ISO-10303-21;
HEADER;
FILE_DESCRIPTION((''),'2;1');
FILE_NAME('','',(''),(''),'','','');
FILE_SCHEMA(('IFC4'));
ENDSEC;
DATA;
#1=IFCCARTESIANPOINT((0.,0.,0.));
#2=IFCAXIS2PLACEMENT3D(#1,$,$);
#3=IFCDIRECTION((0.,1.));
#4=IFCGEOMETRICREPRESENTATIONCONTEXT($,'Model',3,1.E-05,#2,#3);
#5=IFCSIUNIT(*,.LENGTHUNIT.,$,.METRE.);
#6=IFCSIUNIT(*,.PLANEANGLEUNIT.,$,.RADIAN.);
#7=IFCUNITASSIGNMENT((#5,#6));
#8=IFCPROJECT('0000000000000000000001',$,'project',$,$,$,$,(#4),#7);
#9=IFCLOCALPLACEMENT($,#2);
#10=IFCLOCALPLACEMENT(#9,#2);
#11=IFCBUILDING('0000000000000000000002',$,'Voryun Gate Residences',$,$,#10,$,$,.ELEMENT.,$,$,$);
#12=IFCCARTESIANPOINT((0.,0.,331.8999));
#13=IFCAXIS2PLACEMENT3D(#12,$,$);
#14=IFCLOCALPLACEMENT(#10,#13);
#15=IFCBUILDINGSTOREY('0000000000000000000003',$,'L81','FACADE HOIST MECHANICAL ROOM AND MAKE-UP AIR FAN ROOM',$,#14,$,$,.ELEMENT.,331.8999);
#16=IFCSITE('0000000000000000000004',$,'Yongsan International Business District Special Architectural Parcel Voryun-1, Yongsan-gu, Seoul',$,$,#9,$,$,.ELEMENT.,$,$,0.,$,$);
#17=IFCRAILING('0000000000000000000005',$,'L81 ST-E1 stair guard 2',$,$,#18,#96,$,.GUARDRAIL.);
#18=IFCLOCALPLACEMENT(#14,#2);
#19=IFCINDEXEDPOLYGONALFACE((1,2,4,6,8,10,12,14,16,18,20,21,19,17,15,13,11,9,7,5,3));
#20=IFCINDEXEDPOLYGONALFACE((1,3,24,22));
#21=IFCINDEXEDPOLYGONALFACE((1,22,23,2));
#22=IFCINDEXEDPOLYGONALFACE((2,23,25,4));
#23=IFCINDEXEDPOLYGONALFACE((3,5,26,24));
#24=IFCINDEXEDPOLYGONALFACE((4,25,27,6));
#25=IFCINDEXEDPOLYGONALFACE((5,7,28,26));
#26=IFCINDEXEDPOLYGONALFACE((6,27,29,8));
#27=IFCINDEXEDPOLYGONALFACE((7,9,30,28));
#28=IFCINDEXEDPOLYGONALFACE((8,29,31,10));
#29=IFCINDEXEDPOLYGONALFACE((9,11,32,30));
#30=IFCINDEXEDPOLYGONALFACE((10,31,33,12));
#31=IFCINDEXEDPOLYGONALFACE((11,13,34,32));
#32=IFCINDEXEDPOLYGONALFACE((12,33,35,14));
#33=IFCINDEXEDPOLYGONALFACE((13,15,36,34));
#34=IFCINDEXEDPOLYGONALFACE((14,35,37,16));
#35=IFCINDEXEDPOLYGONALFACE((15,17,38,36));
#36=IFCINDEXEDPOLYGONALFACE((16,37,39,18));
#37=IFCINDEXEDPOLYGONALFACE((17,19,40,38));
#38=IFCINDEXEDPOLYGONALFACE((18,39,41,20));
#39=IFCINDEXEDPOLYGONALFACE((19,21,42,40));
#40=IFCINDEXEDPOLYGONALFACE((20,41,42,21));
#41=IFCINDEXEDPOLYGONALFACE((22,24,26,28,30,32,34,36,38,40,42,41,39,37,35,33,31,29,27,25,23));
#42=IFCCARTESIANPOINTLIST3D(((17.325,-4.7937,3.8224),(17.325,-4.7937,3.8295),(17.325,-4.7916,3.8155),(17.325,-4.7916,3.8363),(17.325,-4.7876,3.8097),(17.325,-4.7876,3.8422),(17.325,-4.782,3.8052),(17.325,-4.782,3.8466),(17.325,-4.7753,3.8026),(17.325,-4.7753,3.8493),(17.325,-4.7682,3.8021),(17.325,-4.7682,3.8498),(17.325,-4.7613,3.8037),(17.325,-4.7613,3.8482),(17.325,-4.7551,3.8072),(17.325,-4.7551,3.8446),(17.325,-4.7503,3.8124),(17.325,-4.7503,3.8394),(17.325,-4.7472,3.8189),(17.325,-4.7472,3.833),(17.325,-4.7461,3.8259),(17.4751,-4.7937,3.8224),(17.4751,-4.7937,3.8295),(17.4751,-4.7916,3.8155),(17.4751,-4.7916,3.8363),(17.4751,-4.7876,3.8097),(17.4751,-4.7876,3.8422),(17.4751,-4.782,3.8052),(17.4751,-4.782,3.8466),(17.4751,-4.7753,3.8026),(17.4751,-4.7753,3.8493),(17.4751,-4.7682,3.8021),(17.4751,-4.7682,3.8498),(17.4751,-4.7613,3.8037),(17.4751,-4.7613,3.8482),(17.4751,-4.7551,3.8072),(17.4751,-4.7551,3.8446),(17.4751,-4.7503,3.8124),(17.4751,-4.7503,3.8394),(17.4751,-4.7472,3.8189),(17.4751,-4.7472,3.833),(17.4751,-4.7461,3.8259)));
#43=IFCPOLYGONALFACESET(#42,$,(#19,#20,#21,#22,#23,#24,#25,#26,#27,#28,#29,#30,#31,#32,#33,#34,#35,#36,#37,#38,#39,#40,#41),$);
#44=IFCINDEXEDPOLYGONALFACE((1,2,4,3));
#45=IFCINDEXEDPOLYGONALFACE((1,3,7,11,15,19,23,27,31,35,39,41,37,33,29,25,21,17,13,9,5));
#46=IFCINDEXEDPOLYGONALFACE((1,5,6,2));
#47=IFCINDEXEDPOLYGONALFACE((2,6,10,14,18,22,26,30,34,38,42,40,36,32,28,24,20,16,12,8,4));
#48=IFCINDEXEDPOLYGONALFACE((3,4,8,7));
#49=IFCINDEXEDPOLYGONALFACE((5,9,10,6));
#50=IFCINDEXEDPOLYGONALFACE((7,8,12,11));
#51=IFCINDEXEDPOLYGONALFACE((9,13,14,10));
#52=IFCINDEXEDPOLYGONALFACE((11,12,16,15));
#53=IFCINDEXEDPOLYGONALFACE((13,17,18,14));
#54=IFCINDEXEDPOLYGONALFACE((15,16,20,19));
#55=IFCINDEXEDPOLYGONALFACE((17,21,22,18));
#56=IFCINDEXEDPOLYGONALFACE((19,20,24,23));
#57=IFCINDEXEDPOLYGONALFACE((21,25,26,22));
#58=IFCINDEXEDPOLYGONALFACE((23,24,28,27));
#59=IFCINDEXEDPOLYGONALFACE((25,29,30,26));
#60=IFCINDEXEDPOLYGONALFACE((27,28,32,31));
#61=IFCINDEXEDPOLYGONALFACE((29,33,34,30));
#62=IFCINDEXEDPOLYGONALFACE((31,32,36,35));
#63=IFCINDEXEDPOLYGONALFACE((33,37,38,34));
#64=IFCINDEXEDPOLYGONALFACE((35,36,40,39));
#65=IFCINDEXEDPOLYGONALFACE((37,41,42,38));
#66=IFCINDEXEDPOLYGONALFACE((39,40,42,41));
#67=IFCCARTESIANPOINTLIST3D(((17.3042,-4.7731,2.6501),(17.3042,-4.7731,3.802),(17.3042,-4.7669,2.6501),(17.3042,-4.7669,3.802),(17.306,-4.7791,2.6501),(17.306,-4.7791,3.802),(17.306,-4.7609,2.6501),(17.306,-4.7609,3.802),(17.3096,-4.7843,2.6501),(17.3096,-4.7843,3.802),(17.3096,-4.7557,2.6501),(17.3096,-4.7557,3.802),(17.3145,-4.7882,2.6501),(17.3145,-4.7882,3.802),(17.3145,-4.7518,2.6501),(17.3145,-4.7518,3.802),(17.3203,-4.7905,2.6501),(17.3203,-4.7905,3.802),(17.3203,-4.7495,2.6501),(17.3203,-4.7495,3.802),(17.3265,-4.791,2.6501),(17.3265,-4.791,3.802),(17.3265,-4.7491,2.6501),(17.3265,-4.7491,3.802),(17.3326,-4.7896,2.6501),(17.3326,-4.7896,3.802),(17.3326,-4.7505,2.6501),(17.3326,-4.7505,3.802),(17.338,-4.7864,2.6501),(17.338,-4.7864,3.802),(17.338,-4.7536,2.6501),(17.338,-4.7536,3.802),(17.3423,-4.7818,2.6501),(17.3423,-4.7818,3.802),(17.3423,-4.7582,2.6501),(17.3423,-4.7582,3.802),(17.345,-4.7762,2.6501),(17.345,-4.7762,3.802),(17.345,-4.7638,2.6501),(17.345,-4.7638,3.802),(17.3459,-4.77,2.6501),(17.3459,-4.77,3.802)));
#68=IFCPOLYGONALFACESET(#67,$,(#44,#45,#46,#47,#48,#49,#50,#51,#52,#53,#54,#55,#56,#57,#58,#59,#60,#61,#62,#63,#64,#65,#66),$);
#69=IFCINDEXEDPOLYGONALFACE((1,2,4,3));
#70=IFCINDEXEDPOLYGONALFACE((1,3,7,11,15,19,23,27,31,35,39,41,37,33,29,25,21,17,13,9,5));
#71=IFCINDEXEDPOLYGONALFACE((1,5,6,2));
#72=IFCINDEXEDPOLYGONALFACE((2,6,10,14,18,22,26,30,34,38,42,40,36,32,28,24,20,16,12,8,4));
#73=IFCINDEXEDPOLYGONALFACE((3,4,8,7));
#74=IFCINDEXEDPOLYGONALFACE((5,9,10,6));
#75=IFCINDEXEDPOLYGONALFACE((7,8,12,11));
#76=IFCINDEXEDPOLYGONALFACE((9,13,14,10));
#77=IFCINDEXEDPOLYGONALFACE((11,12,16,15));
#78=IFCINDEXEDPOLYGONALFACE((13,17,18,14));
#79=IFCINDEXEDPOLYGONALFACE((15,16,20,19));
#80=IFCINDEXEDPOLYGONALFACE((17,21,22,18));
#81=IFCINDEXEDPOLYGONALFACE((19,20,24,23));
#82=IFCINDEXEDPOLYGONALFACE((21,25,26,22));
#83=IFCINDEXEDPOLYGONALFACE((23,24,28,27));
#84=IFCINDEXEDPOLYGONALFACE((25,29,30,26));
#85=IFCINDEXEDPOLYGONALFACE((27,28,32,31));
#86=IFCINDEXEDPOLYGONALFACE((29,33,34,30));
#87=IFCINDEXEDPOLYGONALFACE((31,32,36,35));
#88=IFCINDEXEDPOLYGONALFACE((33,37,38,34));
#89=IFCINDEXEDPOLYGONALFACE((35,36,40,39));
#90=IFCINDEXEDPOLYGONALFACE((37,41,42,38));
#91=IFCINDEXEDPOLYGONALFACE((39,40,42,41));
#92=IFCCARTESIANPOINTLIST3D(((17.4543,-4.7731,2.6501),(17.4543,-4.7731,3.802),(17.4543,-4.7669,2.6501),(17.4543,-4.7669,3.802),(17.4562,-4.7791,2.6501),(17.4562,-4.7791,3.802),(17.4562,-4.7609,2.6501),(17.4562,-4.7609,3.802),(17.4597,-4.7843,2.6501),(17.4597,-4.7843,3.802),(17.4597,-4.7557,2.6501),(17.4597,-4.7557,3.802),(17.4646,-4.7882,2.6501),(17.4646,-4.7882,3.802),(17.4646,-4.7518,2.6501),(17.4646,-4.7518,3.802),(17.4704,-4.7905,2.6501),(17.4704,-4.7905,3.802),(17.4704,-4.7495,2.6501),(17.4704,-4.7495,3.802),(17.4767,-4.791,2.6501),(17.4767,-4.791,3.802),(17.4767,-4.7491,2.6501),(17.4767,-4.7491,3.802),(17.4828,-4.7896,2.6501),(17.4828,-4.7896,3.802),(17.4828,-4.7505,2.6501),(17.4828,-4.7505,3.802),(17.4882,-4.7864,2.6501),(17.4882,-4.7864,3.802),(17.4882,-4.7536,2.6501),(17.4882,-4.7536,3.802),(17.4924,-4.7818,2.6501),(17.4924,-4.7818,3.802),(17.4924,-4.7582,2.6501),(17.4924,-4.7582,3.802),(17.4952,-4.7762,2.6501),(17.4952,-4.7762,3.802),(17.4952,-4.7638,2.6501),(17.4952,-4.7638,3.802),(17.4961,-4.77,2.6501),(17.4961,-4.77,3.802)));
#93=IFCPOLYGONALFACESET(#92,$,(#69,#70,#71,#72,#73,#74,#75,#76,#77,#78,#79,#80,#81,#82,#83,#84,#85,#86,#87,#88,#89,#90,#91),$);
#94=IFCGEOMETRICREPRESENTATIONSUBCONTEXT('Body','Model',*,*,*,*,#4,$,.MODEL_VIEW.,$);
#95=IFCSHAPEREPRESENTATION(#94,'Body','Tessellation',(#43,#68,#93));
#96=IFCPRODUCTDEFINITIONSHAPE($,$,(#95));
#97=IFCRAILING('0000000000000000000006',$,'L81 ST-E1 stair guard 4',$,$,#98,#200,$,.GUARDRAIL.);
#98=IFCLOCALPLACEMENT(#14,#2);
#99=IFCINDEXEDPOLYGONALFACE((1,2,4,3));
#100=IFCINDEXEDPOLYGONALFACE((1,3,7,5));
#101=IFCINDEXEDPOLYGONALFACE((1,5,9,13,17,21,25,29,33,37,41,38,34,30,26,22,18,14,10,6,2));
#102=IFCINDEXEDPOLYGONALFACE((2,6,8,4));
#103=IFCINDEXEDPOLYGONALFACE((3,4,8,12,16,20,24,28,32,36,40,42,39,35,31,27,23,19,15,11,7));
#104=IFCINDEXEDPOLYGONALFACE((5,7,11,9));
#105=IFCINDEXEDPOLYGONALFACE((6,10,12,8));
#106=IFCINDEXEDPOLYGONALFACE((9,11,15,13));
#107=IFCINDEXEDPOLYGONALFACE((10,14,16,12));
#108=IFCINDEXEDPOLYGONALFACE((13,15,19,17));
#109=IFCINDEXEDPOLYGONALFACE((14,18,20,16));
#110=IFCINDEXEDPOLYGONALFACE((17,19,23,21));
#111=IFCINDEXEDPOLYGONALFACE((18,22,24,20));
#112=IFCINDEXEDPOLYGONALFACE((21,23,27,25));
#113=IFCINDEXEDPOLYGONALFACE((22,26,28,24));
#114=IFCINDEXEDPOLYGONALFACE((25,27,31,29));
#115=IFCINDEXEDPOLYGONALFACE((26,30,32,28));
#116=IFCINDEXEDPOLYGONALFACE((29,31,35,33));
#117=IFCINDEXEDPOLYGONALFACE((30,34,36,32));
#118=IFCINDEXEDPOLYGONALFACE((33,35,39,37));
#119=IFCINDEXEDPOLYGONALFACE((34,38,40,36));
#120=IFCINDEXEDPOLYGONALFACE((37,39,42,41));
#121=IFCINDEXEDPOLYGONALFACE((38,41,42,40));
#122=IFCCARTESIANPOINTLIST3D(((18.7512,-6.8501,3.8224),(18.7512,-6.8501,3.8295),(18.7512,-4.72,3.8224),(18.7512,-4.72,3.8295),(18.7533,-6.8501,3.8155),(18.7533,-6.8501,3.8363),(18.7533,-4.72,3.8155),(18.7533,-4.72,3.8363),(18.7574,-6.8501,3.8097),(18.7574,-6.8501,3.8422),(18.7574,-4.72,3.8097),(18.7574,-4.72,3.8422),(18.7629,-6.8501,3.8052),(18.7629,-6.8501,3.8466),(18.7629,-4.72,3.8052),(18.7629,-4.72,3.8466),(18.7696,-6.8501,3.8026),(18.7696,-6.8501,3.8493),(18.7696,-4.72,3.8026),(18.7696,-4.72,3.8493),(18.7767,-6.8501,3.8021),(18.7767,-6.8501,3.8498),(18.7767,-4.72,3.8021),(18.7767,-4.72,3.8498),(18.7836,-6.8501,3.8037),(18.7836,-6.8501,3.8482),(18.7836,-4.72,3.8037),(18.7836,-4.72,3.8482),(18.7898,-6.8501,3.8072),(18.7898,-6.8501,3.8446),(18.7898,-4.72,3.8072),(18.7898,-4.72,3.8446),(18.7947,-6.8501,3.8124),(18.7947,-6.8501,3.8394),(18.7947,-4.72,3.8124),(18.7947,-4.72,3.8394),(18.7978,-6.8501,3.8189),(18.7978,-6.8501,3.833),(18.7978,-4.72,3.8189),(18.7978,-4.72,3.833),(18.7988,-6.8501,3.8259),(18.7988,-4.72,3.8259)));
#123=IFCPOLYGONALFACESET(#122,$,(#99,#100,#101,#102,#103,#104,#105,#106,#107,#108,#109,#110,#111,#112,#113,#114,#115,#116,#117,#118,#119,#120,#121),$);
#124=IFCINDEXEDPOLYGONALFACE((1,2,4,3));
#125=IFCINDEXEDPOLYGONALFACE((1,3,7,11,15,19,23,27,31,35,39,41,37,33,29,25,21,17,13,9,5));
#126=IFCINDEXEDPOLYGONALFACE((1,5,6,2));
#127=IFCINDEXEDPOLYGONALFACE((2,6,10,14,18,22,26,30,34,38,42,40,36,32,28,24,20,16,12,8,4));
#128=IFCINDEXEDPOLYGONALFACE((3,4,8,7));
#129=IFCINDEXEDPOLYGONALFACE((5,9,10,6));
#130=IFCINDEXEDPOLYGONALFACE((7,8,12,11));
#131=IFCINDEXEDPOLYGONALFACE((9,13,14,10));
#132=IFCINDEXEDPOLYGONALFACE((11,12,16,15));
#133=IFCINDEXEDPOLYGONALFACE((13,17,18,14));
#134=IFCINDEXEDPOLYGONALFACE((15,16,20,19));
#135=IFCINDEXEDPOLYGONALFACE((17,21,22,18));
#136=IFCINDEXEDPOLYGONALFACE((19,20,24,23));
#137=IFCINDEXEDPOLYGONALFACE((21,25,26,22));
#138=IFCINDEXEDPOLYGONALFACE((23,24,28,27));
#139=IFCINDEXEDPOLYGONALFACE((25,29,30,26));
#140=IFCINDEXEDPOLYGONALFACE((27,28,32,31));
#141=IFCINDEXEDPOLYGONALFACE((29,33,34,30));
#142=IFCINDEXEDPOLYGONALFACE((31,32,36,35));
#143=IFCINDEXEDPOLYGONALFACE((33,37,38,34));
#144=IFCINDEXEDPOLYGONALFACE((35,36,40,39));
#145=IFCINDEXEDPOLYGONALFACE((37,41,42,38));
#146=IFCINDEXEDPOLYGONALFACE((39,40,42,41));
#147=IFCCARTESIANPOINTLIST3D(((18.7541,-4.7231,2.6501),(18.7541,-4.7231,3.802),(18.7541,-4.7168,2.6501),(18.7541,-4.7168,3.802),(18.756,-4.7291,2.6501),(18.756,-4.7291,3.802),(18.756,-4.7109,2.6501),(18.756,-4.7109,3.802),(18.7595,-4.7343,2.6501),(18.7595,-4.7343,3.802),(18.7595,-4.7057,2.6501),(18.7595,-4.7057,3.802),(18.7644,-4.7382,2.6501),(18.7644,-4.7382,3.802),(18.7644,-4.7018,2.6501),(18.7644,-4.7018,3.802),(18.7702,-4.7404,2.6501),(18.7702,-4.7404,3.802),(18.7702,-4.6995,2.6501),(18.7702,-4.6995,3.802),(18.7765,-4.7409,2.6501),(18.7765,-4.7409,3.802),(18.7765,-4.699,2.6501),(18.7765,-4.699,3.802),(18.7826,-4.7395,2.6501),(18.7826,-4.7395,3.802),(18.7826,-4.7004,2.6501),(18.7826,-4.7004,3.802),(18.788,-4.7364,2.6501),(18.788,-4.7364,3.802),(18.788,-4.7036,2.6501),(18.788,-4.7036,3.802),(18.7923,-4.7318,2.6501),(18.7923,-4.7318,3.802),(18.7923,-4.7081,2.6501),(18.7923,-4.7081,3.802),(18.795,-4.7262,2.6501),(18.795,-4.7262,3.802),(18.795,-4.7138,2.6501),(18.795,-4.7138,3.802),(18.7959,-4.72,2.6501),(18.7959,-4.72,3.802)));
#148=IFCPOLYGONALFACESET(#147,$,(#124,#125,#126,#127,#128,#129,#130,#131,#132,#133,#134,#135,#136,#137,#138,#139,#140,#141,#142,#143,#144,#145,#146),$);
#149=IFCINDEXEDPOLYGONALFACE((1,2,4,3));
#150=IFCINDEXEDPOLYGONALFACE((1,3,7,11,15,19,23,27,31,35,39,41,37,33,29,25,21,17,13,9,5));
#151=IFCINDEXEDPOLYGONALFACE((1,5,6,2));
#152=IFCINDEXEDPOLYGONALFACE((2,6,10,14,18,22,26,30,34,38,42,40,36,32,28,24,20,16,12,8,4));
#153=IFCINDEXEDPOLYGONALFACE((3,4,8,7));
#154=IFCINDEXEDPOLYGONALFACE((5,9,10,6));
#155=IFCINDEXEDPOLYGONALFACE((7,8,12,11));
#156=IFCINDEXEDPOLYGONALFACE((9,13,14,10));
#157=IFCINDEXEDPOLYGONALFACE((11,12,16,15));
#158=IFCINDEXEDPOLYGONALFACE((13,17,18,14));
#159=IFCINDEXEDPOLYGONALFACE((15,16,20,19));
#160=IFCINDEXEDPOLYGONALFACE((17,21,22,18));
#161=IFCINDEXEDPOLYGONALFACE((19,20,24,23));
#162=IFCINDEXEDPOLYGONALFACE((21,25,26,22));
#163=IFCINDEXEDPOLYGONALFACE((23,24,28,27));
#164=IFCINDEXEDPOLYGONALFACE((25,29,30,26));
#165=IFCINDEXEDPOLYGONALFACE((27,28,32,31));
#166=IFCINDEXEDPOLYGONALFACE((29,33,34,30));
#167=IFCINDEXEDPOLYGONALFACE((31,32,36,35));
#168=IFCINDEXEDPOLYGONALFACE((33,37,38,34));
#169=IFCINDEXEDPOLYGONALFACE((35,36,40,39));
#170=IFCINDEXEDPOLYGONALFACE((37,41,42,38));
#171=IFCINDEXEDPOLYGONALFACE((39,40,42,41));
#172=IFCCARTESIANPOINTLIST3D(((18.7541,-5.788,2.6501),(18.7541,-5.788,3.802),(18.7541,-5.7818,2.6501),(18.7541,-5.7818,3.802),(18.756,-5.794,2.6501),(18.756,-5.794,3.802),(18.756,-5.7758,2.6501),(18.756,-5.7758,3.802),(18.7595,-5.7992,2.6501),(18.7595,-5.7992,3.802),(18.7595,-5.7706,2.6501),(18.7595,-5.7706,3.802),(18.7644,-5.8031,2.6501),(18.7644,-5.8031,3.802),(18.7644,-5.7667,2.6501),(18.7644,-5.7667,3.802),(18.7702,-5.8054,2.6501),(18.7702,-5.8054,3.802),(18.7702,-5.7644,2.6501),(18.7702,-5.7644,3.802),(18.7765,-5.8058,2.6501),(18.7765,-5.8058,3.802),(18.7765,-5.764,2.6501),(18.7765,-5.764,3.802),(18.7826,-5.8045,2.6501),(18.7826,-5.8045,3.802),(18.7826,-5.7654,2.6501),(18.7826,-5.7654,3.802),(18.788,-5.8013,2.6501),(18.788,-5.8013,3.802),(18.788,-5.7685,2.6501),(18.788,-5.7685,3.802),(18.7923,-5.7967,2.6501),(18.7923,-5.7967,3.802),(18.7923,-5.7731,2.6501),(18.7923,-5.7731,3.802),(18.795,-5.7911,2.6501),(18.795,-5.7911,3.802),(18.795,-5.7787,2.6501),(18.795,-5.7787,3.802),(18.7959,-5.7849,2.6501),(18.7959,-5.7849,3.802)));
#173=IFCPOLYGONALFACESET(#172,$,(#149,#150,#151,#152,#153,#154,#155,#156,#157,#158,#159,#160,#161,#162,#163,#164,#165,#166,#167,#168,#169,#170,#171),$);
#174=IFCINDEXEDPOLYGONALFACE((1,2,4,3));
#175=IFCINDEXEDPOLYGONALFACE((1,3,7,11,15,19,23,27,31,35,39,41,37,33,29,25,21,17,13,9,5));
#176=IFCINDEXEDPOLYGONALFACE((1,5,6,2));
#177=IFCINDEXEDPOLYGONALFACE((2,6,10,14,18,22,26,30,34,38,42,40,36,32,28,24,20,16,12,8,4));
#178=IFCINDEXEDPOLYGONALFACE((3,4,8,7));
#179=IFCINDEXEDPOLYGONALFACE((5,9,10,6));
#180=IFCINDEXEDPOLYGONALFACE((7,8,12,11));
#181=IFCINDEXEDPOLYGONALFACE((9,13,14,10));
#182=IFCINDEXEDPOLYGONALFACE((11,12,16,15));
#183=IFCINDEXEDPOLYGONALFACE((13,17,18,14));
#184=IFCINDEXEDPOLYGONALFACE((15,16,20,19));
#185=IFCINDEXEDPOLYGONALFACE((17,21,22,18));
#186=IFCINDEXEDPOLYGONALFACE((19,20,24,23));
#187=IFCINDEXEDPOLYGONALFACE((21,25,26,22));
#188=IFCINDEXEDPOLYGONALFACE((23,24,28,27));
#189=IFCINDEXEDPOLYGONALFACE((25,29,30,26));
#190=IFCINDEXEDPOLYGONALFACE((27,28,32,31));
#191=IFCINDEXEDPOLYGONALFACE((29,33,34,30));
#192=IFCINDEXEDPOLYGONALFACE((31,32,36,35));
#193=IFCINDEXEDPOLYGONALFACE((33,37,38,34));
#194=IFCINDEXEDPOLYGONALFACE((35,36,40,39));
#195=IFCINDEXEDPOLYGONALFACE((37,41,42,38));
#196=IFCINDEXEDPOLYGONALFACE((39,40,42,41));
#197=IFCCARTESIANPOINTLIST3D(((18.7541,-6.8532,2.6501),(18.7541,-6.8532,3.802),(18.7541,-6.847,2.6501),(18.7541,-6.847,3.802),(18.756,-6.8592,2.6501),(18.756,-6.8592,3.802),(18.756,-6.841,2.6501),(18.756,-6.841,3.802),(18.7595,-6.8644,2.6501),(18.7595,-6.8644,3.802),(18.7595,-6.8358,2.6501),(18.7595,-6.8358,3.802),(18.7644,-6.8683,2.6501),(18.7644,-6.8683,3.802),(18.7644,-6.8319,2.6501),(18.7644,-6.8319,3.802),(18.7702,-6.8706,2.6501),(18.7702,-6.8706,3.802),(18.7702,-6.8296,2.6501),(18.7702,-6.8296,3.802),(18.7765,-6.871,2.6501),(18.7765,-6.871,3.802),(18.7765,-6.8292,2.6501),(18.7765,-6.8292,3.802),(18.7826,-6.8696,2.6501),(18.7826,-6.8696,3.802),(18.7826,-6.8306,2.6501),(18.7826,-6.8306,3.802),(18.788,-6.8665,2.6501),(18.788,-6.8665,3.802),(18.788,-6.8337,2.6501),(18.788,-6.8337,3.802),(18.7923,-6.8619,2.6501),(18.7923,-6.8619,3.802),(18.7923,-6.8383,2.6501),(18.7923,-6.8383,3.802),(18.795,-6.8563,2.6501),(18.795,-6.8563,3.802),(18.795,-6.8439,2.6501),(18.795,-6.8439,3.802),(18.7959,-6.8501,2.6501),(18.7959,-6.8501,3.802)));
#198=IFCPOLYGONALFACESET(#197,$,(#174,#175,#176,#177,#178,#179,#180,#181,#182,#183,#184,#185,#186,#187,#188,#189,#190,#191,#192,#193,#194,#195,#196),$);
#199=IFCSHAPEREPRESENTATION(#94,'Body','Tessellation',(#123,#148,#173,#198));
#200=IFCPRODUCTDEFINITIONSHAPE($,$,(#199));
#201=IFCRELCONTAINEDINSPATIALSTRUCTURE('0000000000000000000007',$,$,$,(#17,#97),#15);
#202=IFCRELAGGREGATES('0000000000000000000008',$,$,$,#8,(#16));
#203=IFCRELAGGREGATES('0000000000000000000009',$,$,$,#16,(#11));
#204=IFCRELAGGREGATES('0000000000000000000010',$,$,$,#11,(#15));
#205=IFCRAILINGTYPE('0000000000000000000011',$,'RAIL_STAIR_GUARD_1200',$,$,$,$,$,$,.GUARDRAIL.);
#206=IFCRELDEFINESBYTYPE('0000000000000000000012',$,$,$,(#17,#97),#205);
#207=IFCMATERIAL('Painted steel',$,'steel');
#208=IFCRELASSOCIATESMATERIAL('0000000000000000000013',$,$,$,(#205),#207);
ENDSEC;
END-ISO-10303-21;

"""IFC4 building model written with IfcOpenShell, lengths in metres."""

from ifc_helpers import new_model, si_unit, direction, frame, origin, origin_2d, place, context, subcontext, project, spatial, circle, extrude, material, type_object, element, save


model = new_model("IFC4")

# Units and contexts
model_context = context("Model", 3, precision=1e-05, world=origin(), true_north=direction((0.0, 1.0)))
body_context = subcontext(model_context, "Body", "Model", "MODEL_VIEW")
ifc_project = project(units=[si_unit("LENGTHUNIT", "METRE"), si_unit("PLANEANGLEUNIT", "RADIAN")], contexts=[model_context])

# Site, building, storey
site_placement = place(None, origin())
site = spatial("IfcSite", under=ifc_project, at=site_placement, Name="Yongsan International Business District Special Architectural Parcel Voryun-1, Yongsan-gu, Seoul", CompositionType="ELEMENT", RefElevation=0.0)
building_placement = place(site_placement, origin())
building = spatial("IfcBuilding", under=site, at=building_placement, Name="Voryun Gate Residences", CompositionType="ELEMENT")
storey_placement = place(building_placement, frame((0.0, 0.0, 331.8999)))
storey = spatial("IfcBuildingStorey", under=building, at=storey_placement, Name="L81", Description="FACADE HOIST MECHANICAL ROOM AND MAKE-UP AIR FAN ROOM", CompositionType="ELEMENT", Elevation=331.8999)

# Railings
ifc_material_1 = material(Name="Painted steel", Category="steel")
railing_type_1 = type_object("IfcRailingType", Name="RAIL_STAIR_GUARD_1200", PredefinedType="GUARDRAIL", material=ifc_material_1)
railing_1_placement = place(storey_placement, frame((17.325, -4.77, 2.6501)))
element("IfcRailing", 1, at=railing_1_placement, inside=storey, type_object=railing_type_1, Name="L81 ST-E1 stair guard 2", PredefinedType="GUARDRAIL", context=body_context, shape_type="SweptSolid", body=[
    extrude(circle(Radius=0.0239, at=origin_2d()), frame((0.0, 0.0, 1.1758), z_axis=(1.0, 0.0, 0.0), x_axis=(0.0, 1.0, 0.0)), (0.0, 0.0, 1.0), 0.1501),
    extrude(circle(Radius=0.021, at=origin_2d()), origin(), (0.0, 0.0, 1.0), 1.1519),
    extrude(circle(Radius=0.021, at=origin_2d()), frame((0.1501, 0.0, 0.0)), (0.0, 0.0, 1.0), 1.1519),
])
railing_2_placement = place(storey_placement, frame((18.7749, -4.72, 2.6501)))
element("IfcRailing", 2, at=railing_2_placement, inside=storey, type_object=railing_type_1, Name="L81 ST-E1 stair guard 4", PredefinedType="GUARDRAIL", context=body_context, shape_type="SweptSolid", body=[
    extrude(circle(Radius=0.0239, at=origin_2d()), frame((0.0, 0.0, 1.1758), z_axis=(0.0, -1.0, 0.0), x_axis=(1.0, 0.0, 0.0)), (0.0, 0.0, 1.0), 2.1301),
    extrude(circle(Radius=0.021, at=origin_2d()), origin(), (0.0, 0.0, 1.0), 1.1519),
    extrude(circle(Radius=0.021, at=origin_2d()), frame((0.0, -1.0649, 0.0)), (0.0, 0.0, 1.0), 1.1519),
    extrude(circle(Radius=0.021, at=origin_2d()), frame((0.0, -2.1301, 0.0)), (0.0, 0.0, 1.0), 1.1519),
])

save(model, "model.ifc")
